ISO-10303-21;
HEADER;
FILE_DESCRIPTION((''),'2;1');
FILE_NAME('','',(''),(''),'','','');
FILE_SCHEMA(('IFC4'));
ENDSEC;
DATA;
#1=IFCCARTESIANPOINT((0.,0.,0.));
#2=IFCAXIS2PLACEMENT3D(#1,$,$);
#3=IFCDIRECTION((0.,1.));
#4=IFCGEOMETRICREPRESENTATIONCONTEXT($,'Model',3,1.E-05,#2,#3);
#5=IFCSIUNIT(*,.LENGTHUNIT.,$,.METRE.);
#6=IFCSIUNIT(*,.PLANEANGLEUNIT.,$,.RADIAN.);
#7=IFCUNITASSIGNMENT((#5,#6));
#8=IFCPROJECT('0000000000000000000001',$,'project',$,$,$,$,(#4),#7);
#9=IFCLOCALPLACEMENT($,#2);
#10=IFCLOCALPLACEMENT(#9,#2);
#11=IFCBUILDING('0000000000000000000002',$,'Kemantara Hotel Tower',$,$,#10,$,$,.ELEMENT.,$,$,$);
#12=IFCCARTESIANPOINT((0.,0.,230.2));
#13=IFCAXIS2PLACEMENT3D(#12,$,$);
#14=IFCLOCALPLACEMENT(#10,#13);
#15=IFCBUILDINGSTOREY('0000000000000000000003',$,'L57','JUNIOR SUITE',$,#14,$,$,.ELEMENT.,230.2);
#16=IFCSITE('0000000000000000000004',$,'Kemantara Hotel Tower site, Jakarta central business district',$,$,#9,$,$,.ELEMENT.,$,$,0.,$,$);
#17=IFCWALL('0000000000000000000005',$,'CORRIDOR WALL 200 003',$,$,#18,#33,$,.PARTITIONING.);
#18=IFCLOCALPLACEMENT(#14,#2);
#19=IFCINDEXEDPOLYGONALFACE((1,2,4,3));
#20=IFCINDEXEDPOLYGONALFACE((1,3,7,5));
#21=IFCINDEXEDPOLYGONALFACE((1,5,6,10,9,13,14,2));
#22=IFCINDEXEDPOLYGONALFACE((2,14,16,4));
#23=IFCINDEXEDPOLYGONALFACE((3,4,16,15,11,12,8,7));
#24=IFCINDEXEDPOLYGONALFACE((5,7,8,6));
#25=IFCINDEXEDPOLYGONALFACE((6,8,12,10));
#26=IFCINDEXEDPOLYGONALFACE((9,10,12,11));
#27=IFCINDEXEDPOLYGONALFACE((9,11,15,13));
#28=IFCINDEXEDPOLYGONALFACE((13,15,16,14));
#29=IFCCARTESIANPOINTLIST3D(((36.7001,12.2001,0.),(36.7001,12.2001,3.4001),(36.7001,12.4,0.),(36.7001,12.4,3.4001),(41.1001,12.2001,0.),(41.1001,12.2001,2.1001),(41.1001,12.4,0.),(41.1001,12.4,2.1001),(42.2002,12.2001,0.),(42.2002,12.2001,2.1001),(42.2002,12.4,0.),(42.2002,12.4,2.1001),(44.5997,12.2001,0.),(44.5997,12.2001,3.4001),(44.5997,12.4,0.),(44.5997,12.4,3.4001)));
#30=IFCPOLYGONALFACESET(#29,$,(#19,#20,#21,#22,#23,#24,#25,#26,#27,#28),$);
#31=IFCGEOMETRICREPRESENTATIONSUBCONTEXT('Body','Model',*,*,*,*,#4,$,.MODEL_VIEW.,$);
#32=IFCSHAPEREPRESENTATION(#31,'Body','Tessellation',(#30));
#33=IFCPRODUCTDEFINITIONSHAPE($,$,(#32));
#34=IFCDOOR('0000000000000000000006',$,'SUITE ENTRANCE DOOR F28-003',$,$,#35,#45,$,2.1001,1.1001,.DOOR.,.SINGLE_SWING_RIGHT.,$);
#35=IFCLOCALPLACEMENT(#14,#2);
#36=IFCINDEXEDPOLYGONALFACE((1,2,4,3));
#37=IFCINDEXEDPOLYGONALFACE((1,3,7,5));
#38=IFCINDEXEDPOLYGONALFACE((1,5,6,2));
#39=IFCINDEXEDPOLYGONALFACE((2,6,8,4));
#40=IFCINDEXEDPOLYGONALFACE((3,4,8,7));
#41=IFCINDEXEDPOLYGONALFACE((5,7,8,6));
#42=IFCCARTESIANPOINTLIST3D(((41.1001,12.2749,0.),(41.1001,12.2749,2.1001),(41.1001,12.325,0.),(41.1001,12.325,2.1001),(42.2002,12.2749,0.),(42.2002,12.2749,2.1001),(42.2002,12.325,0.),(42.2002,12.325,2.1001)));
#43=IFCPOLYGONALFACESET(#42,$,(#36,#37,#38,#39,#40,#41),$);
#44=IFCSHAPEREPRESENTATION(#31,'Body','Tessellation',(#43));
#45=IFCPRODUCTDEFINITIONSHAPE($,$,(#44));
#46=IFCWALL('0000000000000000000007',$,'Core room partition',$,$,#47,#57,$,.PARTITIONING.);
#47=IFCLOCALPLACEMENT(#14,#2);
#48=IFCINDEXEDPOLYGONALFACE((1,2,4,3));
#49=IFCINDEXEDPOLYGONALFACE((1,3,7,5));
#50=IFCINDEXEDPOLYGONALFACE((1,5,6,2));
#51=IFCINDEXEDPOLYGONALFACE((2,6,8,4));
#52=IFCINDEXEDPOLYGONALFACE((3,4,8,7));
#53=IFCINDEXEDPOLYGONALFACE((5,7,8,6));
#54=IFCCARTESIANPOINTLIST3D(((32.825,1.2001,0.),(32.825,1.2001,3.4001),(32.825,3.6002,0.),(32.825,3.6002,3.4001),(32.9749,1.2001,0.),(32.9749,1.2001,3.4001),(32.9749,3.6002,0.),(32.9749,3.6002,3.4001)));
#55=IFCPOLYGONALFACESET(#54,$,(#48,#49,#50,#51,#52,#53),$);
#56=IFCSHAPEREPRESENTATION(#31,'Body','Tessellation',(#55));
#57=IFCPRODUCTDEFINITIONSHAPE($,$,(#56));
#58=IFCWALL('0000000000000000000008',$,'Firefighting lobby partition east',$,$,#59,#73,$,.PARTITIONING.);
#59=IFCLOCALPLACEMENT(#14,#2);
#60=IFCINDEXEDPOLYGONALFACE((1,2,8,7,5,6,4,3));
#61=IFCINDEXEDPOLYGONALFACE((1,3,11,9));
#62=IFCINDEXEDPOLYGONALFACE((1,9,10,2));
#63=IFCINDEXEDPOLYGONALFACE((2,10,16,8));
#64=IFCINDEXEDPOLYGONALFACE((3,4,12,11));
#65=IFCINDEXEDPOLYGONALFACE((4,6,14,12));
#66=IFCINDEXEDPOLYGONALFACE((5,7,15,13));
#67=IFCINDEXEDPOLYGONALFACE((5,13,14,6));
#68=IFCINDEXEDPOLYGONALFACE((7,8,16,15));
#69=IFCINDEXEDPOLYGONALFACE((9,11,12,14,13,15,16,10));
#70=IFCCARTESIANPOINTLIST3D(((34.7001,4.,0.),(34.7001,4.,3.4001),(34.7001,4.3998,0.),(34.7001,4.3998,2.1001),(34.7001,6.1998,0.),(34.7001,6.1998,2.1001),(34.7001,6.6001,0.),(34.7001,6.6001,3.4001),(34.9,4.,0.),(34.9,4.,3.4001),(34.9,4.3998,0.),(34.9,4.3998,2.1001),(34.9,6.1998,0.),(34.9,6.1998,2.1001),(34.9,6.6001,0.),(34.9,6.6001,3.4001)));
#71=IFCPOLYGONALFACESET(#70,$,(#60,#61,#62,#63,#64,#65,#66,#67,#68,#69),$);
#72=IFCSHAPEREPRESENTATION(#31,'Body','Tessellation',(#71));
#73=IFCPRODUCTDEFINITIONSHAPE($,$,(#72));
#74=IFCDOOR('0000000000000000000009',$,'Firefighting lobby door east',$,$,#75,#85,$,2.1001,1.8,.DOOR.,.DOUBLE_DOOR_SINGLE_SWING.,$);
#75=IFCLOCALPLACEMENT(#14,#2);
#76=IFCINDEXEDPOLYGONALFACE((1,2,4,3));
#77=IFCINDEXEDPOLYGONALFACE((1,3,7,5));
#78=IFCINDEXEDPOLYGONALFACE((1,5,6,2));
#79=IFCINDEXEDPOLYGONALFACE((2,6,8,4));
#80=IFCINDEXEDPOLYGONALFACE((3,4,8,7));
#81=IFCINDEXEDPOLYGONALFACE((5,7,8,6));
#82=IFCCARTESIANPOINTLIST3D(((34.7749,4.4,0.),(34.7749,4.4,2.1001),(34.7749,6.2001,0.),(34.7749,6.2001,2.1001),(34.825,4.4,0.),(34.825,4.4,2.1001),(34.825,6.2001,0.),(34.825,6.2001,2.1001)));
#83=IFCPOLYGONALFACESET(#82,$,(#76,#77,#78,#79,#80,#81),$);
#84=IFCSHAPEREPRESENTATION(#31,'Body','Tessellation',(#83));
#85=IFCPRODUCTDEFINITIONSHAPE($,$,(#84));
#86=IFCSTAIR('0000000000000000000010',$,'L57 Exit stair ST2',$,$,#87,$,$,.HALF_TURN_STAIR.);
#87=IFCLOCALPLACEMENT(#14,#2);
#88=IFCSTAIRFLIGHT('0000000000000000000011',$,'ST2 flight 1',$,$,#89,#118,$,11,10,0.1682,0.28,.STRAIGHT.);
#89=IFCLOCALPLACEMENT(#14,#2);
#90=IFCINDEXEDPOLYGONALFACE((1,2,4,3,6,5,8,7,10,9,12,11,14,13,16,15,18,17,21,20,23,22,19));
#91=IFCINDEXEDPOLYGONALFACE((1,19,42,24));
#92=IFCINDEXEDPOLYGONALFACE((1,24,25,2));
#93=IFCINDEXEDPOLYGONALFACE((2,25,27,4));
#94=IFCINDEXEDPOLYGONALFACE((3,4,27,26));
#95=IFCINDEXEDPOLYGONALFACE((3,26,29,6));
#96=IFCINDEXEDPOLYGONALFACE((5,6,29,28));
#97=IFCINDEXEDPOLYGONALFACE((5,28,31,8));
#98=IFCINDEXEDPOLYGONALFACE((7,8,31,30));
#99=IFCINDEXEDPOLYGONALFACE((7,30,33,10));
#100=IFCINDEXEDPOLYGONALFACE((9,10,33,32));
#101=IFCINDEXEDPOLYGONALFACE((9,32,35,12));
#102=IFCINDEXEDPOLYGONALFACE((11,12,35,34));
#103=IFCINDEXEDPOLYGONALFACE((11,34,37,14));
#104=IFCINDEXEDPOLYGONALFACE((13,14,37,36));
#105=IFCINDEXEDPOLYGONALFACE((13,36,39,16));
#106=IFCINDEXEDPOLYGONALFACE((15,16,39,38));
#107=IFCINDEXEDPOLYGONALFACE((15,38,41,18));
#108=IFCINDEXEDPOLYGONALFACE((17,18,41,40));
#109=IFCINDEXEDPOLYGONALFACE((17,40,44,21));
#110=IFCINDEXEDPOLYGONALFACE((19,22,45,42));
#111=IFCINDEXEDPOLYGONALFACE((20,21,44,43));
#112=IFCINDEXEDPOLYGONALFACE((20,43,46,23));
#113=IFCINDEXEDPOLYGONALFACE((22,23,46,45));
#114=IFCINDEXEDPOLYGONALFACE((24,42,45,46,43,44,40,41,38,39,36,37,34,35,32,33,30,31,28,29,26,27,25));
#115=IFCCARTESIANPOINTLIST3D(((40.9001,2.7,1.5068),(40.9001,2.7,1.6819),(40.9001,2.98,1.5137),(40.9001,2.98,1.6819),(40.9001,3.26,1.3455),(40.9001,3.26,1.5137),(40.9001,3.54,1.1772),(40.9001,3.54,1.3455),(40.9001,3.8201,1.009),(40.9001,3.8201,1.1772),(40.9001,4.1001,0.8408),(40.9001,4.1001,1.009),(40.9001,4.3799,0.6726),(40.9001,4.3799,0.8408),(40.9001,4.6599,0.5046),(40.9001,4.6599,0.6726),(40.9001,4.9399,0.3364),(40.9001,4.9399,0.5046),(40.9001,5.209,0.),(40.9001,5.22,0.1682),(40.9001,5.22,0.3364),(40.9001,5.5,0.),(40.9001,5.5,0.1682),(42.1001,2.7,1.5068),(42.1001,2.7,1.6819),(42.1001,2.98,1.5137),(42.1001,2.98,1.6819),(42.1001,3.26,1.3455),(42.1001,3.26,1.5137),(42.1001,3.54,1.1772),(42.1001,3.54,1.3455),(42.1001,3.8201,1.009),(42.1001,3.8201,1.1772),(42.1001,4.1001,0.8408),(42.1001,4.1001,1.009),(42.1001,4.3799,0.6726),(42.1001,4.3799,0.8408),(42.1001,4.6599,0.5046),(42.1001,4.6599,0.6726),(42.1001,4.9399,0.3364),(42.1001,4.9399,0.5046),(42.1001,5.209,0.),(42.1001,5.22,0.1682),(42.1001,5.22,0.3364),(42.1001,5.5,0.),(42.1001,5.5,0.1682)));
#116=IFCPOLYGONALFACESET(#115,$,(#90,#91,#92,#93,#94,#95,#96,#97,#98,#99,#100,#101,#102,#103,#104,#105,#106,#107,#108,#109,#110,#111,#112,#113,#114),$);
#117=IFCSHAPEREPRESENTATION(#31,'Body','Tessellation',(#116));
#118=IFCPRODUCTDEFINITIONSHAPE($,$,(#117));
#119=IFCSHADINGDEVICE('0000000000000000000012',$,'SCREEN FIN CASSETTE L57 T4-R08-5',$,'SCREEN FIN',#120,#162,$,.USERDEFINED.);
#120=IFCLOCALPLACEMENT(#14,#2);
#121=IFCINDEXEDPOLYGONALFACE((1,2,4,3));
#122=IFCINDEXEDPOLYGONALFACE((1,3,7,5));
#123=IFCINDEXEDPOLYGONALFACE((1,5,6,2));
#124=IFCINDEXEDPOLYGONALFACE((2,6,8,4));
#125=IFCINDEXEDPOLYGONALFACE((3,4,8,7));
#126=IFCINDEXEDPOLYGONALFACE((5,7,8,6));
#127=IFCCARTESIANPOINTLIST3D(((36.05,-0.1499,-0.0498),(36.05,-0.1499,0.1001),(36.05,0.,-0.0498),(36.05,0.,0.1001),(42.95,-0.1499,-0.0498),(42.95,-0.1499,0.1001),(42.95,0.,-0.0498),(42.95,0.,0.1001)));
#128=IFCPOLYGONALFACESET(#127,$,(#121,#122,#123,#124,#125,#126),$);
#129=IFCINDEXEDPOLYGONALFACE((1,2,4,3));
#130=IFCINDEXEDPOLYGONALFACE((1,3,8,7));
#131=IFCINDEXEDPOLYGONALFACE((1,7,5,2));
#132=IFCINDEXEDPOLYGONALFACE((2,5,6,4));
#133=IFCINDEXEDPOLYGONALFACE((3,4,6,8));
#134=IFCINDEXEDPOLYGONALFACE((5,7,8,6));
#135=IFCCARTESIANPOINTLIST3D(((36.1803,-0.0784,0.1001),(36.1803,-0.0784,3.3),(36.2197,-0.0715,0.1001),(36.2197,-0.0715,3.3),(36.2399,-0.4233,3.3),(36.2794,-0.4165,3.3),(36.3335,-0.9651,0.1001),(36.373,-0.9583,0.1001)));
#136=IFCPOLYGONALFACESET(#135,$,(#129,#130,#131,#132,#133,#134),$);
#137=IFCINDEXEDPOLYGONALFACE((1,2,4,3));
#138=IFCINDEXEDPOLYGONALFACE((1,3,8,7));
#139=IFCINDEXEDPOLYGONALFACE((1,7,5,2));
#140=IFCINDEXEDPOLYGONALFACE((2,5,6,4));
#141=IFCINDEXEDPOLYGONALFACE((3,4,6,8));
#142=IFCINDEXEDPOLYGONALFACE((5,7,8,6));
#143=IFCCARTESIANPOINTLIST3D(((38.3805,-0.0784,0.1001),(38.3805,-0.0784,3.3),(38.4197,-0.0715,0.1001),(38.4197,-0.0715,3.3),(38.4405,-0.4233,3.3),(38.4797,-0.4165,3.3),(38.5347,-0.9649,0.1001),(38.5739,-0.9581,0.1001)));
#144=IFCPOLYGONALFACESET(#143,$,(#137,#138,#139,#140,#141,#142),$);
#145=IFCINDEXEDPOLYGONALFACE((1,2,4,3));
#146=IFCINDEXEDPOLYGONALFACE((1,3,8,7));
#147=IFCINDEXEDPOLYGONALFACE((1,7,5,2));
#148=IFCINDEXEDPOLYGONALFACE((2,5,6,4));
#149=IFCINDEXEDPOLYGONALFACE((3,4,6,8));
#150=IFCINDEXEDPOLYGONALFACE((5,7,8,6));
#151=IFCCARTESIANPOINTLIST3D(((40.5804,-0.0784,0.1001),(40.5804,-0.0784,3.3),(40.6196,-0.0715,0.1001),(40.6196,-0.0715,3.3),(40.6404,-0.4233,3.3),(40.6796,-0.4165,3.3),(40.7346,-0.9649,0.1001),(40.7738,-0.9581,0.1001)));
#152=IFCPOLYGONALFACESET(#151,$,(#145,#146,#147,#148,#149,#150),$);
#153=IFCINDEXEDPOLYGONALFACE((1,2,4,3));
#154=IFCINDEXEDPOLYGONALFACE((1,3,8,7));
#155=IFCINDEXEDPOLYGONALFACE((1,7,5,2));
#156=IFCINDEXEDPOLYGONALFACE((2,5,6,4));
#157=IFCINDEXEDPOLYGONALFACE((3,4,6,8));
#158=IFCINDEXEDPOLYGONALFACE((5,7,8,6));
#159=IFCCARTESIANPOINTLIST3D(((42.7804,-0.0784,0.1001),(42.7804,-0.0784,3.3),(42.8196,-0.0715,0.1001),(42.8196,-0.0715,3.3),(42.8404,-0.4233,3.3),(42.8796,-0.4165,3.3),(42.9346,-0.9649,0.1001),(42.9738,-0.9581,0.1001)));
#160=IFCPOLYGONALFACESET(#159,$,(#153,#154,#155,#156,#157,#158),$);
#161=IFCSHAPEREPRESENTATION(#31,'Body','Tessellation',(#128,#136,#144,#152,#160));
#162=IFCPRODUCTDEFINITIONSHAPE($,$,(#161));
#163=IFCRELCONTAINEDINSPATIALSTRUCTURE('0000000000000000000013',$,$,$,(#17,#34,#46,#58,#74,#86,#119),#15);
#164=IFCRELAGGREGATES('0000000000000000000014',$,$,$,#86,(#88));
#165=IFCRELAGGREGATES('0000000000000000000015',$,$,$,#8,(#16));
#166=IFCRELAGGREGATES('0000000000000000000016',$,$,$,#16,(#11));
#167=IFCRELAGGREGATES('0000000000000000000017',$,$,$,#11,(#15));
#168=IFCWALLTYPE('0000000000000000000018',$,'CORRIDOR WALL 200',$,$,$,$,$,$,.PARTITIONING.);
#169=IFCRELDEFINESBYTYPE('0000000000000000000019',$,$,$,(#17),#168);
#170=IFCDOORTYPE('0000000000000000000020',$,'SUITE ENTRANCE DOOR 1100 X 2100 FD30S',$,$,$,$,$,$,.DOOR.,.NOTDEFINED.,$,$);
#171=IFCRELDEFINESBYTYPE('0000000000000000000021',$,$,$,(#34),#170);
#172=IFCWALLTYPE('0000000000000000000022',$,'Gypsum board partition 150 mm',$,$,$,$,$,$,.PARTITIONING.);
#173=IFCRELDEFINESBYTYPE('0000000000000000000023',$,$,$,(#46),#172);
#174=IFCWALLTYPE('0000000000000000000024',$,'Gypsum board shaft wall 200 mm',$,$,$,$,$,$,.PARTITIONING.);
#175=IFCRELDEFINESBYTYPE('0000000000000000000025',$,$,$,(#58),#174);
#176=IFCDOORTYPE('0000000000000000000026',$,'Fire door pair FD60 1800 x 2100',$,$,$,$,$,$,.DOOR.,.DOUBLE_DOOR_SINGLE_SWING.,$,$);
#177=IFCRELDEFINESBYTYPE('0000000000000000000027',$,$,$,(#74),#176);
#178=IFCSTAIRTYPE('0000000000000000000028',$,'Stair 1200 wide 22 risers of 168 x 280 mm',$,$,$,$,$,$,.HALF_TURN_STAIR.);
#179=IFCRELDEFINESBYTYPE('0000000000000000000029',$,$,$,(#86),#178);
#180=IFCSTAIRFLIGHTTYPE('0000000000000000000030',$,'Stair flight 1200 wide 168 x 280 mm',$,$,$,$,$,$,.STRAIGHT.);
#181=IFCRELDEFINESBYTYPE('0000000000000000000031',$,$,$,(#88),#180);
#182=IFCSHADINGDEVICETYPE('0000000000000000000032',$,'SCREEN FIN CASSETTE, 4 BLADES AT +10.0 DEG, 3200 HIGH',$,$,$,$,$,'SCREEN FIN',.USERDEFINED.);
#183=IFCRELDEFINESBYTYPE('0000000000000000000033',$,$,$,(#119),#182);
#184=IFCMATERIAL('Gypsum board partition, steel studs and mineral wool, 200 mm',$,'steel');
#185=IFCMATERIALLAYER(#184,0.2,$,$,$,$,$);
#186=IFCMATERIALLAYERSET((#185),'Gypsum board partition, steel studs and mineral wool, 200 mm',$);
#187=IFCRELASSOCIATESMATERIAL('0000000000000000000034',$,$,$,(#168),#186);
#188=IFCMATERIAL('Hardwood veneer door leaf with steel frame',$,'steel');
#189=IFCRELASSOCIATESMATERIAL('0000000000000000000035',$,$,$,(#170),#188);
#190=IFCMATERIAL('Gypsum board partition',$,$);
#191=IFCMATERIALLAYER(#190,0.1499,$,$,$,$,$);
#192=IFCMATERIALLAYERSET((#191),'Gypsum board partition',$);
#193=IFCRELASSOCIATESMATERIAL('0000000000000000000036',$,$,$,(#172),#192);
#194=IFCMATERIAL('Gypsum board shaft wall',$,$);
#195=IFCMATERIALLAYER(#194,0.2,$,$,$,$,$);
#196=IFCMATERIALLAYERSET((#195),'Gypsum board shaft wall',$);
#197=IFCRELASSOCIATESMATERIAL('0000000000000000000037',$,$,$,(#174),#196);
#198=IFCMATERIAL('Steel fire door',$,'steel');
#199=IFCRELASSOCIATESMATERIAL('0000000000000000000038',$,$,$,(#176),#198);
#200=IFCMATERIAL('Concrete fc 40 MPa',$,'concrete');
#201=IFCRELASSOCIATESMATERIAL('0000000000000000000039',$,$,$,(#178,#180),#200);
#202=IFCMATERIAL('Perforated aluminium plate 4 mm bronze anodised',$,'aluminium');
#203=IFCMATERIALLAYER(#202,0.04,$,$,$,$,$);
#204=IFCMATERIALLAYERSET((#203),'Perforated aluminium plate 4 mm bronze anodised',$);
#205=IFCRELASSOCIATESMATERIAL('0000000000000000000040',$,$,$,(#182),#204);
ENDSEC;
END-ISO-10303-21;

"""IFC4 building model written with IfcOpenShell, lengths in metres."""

from ifc_helpers import new_model, si_unit, direction, frame, frame_2d, origin, origin_2d, place, context, subcontext, project, spatial, polyline, rectangle, outline, extrude, source, transform, mapped, material, layer, layer_set, type_object, element, fill, aggregate, save


model = new_model("IFC4")

# Units and contexts
model_context = context("Model", 3, precision=1e-05, world=origin(), true_north=direction((0.0, 1.0)))
body_context = subcontext(model_context, "Body", "Model", "MODEL_VIEW")
ifc_project = project(units=[si_unit("LENGTHUNIT", "METRE"), si_unit("PLANEANGLEUNIT", "RADIAN")], contexts=[model_context])

# Site, building, storey
site_placement = place(None, origin())
site = spatial("IfcSite", under=ifc_project, at=site_placement, Name="Kemantara Hotel Tower site, Jakarta central business district", CompositionType="ELEMENT", RefElevation=0.0)
building_placement = place(site_placement, origin())
building = spatial("IfcBuilding", under=site, at=building_placement, Name="Kemantara Hotel Tower", CompositionType="ELEMENT")
storey_placement = place(building_placement, frame((0.0, 0.0, 230.2)))
storey = spatial("IfcBuildingStorey", under=building, at=storey_placement, Name="L57", Description="JUNIOR SUITE", CompositionType="ELEMENT", Elevation=230.2)

# Wall, opening, door
ifc_material_1 = material(Name="Steel fire door", Category="steel")
ifc_material_2 = material(Name="Gypsum board partition, steel studs and mineral wool, 200 mm", Category="steel")
ifc_layer_1 = layer(ifc_material_2, 0.2)
ifc_layer_set_1 = layer_set([ifc_layer_1], Name="Gypsum board partition, steel studs and mineral wool, 200 mm")
wall_type_1 = type_object("IfcWallType", Name="CORRIDOR WALL 200", PredefinedType="PARTITIONING", material=ifc_layer_set_1)
ifc_material_3 = material(Name="Hardwood veneer door leaf with steel frame", Category="steel")
wall_1_placement = place(storey_placement, frame((36.7002, 12.3, 0.0), z_axis=(0.0, 0.0, 1.0), x_axis=(1.0, 0.0, 0.0)))
wall_1 = element("IfcWall", 1, at=wall_1_placement, inside=storey, type_object=wall_type_1, Name="CORRIDOR WALL 200 003", PredefinedType="PARTITIONING", context=body_context, shape_type="SweptSolid", body=[
    extrude(rectangle(XDim=7.8997, YDim=0.2, at=frame_2d((3.9497, 0.0))), origin(), (0.0, 0.0, 1.0), 3.4001),
])
opening_1_placement = place(wall_1_placement, frame((4.3999, 0.0, 0.0)))
opening_1 = element("IfcOpeningElement", 2, at=opening_1_placement, cuts=wall_1, PredefinedType="OPENING", context=body_context, shape_type="SweptSolid", body=[
    extrude(rectangle(XDim=1.1001, YDim=2.1001, at=frame_2d((0.55, 1.05))), frame((0.0, 0.1099, 0.0), z_axis=(0.0, -1.0, 0.0), x_axis=(1.0, 0.0, 0.0)), (0.0, 0.0, 1.0), 0.22),
])
door_type_1 = type_object("IfcDoorType", Name="SUITE ENTRANCE DOOR 1100 X 2100 FD30S", OperationType="NOTDEFINED", PredefinedType="DOOR", material=ifc_material_3)
door_1_placement = place(opening_1_placement, origin())
door_1 = element("IfcDoor", 3, at=door_1_placement, inside=storey, type_object=door_type_1, Name="SUITE ENTRANCE DOOR F28-003", OperationType="SINGLE_SWING_RIGHT", OverallHeight=2.1001, OverallWidth=1.1001, PredefinedType="DOOR", context=body_context, shape_type="SweptSolid", body=[
    extrude(rectangle(XDim=1.1001, YDim=2.1001, at=frame_2d((0.55, 1.05))), frame((0.0, 0.0249, 0.0), z_axis=(0.0, -1.0, 0.0), x_axis=(1.0, 0.0, 0.0)), (0.0, 0.0, 1.0), 0.05),
])
fill(opening_1, door_1)

# Wall
ifc_material_4 = material(Name="Gypsum board partition")
ifc_layer_2 = layer(ifc_material_4, 0.1499)
ifc_layer_set_2 = layer_set([ifc_layer_2], Name="Gypsum board partition")
wall_type_2 = type_object("IfcWallType", Name="Gypsum board partition 150 mm", PredefinedType="PARTITIONING", material=ifc_layer_set_2)
wall_2_placement = place(storey_placement, frame((32.8999, 1.2, 0.0), z_axis=(0.0, 0.0, 1.0), x_axis=(0.0, 1.0, 0.0)))
element("IfcWall", 4, at=wall_2_placement, inside=storey, type_object=wall_type_2, Name="Core room partition", PredefinedType="PARTITIONING", context=body_context, shape_type="SweptSolid", body=[
    extrude(rectangle(XDim=2.4001, YDim=0.1499, at=frame_2d((1.2002, 0.0))), origin(), (0.0, 0.0, 1.0), 3.4001),
])

# Wall, opening, door
ifc_material_5 = material(Name="Gypsum board shaft wall")
ifc_layer_3 = layer(ifc_material_5, 0.2)
ifc_layer_set_3 = layer_set([ifc_layer_3], Name="Gypsum board shaft wall")
wall_type_3 = type_object("IfcWallType", Name="Gypsum board shaft wall 200 mm", PredefinedType="PARTITIONING", material=ifc_layer_set_3)
wall_3_placement = place(storey_placement, frame((34.8, 4.0, 0.0), z_axis=(0.0, 0.0, 1.0), x_axis=(0.0, 1.0, 0.0)))
wall_3 = element("IfcWall", 5, at=wall_3_placement, inside=storey, type_object=wall_type_3, Name="Firefighting lobby partition east", PredefinedType="PARTITIONING", context=body_context, shape_type="SweptSolid", body=[
    extrude(rectangle(XDim=2.6001, YDim=0.2, at=frame_2d((1.3, 0.0))), origin(), (0.0, 0.0, 1.0), 3.4001),
])
opening_2_placement = place(wall_3_placement, frame((0.3999, 0.0, 0.0)))
opening_2 = element("IfcOpeningElement", 6, at=opening_2_placement, cuts=wall_3, PredefinedType="OPENING", context=body_context, shape_type="SweptSolid", body=[
    extrude(rectangle(XDim=1.8, YDim=2.1001, at=frame_2d((0.8999, 1.05))), frame((0.0, 0.1099, 0.0), z_axis=(0.0, -1.0, 0.0), x_axis=(1.0, 0.0, 0.0)), (0.0, 0.0, 1.0), 0.22),
])
door_type_2 = type_object("IfcDoorType", Name="Fire door pair FD60 1800 x 2100", OperationType="DOUBLE_DOOR_SINGLE_SWING", PredefinedType="DOOR", material=ifc_material_1)
door_2_placement = place(opening_2_placement, frame((1.8, 0.0, 0.0), z_axis=(0.0, 0.0, 1.0), x_axis=(-1.0, 0.0, 0.0)))
door_2 = element("IfcDoor", 7, at=door_2_placement, inside=storey, type_object=door_type_2, Name="Firefighting lobby door east", OperationType="DOUBLE_DOOR_SINGLE_SWING", OverallHeight=2.1001, OverallWidth=1.8, PredefinedType="DOOR", context=body_context, shape_type="SweptSolid", body=[
    extrude(rectangle(XDim=1.8, YDim=2.1001, at=frame_2d((0.8999, 1.05))), frame((0.0, 0.0249, 0.0), z_axis=(0.0, -1.0, 0.0), x_axis=(1.0, 0.0, 0.0)), (0.0, 0.0, 1.0), 0.05),
])
fill(opening_2, door_2)

# Stair, stair flight
ifc_material_6 = material(Name="Concrete fc 40 MPa", Category="concrete")
stair_type = type_object("IfcStairType", Name="Stair 1200 wide 22 risers of 168 x 280 mm", PredefinedType="HALF_TURN_STAIR", material=ifc_material_6)
stair_placement = place(storey_placement, origin())
stair = element("IfcStair", 8, at=stair_placement, inside=storey, type_object=stair_type, Name="L57 Exit stair ST2", PredefinedType="HALF_TURN_STAIR")
stair_flight_type = type_object("IfcStairFlightType", Name="Stair flight 1200 wide 168 x 280 mm", PredefinedType="STRAIGHT", material=ifc_material_6)
stair_flight_placement = place(storey_placement, frame((41.5, 5.5, 0.0), z_axis=(0.0, 0.0, 1.0), x_axis=(0.0, -1.0, 0.0)))
stair_flight = element("IfcStairFlight", 9, at=stair_flight_placement, type_object=stair_flight_type, Name="ST2 flight 1", NumberOfRisers=11, NumberOfTreads=10, PredefinedType="STRAIGHT", RiserHeight=0.1682, TreadLength=0.28, context=body_context, shape_type="SweptSolid", body=[
    extrude(outline(polyline([(0.0, 0.0), (0.0, 0.1682), (0.28, 0.1682), (0.28, 0.3364), (0.5601, 0.3364), (0.5601, 0.5046), (0.8401, 0.5046), (0.8401, 0.6726), (1.1201, 0.6726), (1.1201, 0.8408), (1.3999, 0.8408), (1.3999, 1.009), (1.6799, 1.009), (1.6799, 1.1772), (1.96, 1.1772), (1.96, 1.3455), (2.24, 1.3455), (2.24, 1.5137), (2.52, 1.5137), (2.52, 1.6819), (2.8, 1.6819), (2.8, 1.8501), (2.8, 1.5068), (0.291, 0.0), (0.0, 0.0)])), frame((0.0, 0.6001, 0.0), z_axis=(0.0, -1.0, 0.0), x_axis=(1.0, 0.0, 0.0)), (0.0, 0.0, 1.0), 1.2),
])
aggregate(stair, [stair_flight])

# Shading device
ifc_material_7 = material(Name="Perforated aluminium plate 4 mm bronze anodised", Category="aluminium")
ifc_layer_4 = layer(ifc_material_7, 0.04)
ifc_layer_set_4 = layer_set([ifc_layer_4], Name="Perforated aluminium plate 4 mm bronze anodised")
shading_device_type = type_object("IfcShadingDeviceType", Name="SCREEN FIN CASSETTE, 4 BLADES AT +10.0 DEG, 3200 HIGH", ElementType="SCREEN FIN", PredefinedType="USERDEFINED", material=ifc_layer_set_4)
shared_shape = source(origin(), body_context, "Body", "SweptSolid", [
    extrude(rectangle(XDim=6.8999, YDim=0.1499, at=origin_2d()), frame((3.3, -0.075, -0.1499), z_axis=(0.0, 0.0, 1.0), x_axis=(1.0, 0.0, 0.0)), (0.0, 0.0, 1.0), 0.1499),
    extrude(outline(polyline([(0.0, 0.0), (0.8999, 0.0), (0.3501, 3.2), (0.0, 3.2), (0.0, 0.0)])), frame((0.0198, -0.0715, 0.0), z_axis=(-0.98539, -0.170314, 0.0), x_axis=(0.170314, -0.98539, 0.0)), (0.0, 0.0, 1.0), 0.04),
    extrude(outline(polyline([(0.0, 0.0), (0.8999, 0.0), (0.3501, 3.2), (0.0, 3.2), (0.0, 0.0)])), frame((2.2197, -0.0715, 0.0), z_axis=(-0.985212, -0.171341, 0.0), x_axis=(0.171341, -0.985212, 0.0)), (0.0, 0.0, 1.0), 0.0398),
    extrude(outline(polyline([(0.0, 0.0), (0.8999, 0.0), (0.3501, 3.2), (0.0, 3.2), (0.0, 0.0)])), frame((4.4197, -0.0715, 0.0), z_axis=(-0.985212, -0.171341, 0.0), x_axis=(0.171341, -0.985212, 0.0)), (0.0, 0.0, 1.0), 0.0398),
    extrude(outline(polyline([(0.0, 0.0), (0.8999, 0.0), (0.3501, 3.2), (0.0, 3.2), (0.0, 0.0)])), frame((6.6196, -0.0715, 0.0), z_axis=(-0.985212, -0.171341, 0.0), x_axis=(0.171341, -0.985212, 0.0)), (0.0, 0.0, 1.0), 0.0398),
])
shading_device_placement = place(storey_placement, frame((36.2, 0.0, 0.1001), z_axis=(0.0, 0.0, 1.0), x_axis=(1.0, 0.0, 0.0)))
element("IfcShadingDevice", 10, at=shading_device_placement, inside=storey, type_object=shading_device_type, Name="SCREEN FIN CASSETTE L57 T4-R08-5", ObjectType="SCREEN FIN", PredefinedType="USERDEFINED", context=body_context, shape_type="MappedRepresentation", body=[
    mapped(shared_shape, transform((0.0, 0.0, 0.0))),
])

save(model, "model.ifc")
